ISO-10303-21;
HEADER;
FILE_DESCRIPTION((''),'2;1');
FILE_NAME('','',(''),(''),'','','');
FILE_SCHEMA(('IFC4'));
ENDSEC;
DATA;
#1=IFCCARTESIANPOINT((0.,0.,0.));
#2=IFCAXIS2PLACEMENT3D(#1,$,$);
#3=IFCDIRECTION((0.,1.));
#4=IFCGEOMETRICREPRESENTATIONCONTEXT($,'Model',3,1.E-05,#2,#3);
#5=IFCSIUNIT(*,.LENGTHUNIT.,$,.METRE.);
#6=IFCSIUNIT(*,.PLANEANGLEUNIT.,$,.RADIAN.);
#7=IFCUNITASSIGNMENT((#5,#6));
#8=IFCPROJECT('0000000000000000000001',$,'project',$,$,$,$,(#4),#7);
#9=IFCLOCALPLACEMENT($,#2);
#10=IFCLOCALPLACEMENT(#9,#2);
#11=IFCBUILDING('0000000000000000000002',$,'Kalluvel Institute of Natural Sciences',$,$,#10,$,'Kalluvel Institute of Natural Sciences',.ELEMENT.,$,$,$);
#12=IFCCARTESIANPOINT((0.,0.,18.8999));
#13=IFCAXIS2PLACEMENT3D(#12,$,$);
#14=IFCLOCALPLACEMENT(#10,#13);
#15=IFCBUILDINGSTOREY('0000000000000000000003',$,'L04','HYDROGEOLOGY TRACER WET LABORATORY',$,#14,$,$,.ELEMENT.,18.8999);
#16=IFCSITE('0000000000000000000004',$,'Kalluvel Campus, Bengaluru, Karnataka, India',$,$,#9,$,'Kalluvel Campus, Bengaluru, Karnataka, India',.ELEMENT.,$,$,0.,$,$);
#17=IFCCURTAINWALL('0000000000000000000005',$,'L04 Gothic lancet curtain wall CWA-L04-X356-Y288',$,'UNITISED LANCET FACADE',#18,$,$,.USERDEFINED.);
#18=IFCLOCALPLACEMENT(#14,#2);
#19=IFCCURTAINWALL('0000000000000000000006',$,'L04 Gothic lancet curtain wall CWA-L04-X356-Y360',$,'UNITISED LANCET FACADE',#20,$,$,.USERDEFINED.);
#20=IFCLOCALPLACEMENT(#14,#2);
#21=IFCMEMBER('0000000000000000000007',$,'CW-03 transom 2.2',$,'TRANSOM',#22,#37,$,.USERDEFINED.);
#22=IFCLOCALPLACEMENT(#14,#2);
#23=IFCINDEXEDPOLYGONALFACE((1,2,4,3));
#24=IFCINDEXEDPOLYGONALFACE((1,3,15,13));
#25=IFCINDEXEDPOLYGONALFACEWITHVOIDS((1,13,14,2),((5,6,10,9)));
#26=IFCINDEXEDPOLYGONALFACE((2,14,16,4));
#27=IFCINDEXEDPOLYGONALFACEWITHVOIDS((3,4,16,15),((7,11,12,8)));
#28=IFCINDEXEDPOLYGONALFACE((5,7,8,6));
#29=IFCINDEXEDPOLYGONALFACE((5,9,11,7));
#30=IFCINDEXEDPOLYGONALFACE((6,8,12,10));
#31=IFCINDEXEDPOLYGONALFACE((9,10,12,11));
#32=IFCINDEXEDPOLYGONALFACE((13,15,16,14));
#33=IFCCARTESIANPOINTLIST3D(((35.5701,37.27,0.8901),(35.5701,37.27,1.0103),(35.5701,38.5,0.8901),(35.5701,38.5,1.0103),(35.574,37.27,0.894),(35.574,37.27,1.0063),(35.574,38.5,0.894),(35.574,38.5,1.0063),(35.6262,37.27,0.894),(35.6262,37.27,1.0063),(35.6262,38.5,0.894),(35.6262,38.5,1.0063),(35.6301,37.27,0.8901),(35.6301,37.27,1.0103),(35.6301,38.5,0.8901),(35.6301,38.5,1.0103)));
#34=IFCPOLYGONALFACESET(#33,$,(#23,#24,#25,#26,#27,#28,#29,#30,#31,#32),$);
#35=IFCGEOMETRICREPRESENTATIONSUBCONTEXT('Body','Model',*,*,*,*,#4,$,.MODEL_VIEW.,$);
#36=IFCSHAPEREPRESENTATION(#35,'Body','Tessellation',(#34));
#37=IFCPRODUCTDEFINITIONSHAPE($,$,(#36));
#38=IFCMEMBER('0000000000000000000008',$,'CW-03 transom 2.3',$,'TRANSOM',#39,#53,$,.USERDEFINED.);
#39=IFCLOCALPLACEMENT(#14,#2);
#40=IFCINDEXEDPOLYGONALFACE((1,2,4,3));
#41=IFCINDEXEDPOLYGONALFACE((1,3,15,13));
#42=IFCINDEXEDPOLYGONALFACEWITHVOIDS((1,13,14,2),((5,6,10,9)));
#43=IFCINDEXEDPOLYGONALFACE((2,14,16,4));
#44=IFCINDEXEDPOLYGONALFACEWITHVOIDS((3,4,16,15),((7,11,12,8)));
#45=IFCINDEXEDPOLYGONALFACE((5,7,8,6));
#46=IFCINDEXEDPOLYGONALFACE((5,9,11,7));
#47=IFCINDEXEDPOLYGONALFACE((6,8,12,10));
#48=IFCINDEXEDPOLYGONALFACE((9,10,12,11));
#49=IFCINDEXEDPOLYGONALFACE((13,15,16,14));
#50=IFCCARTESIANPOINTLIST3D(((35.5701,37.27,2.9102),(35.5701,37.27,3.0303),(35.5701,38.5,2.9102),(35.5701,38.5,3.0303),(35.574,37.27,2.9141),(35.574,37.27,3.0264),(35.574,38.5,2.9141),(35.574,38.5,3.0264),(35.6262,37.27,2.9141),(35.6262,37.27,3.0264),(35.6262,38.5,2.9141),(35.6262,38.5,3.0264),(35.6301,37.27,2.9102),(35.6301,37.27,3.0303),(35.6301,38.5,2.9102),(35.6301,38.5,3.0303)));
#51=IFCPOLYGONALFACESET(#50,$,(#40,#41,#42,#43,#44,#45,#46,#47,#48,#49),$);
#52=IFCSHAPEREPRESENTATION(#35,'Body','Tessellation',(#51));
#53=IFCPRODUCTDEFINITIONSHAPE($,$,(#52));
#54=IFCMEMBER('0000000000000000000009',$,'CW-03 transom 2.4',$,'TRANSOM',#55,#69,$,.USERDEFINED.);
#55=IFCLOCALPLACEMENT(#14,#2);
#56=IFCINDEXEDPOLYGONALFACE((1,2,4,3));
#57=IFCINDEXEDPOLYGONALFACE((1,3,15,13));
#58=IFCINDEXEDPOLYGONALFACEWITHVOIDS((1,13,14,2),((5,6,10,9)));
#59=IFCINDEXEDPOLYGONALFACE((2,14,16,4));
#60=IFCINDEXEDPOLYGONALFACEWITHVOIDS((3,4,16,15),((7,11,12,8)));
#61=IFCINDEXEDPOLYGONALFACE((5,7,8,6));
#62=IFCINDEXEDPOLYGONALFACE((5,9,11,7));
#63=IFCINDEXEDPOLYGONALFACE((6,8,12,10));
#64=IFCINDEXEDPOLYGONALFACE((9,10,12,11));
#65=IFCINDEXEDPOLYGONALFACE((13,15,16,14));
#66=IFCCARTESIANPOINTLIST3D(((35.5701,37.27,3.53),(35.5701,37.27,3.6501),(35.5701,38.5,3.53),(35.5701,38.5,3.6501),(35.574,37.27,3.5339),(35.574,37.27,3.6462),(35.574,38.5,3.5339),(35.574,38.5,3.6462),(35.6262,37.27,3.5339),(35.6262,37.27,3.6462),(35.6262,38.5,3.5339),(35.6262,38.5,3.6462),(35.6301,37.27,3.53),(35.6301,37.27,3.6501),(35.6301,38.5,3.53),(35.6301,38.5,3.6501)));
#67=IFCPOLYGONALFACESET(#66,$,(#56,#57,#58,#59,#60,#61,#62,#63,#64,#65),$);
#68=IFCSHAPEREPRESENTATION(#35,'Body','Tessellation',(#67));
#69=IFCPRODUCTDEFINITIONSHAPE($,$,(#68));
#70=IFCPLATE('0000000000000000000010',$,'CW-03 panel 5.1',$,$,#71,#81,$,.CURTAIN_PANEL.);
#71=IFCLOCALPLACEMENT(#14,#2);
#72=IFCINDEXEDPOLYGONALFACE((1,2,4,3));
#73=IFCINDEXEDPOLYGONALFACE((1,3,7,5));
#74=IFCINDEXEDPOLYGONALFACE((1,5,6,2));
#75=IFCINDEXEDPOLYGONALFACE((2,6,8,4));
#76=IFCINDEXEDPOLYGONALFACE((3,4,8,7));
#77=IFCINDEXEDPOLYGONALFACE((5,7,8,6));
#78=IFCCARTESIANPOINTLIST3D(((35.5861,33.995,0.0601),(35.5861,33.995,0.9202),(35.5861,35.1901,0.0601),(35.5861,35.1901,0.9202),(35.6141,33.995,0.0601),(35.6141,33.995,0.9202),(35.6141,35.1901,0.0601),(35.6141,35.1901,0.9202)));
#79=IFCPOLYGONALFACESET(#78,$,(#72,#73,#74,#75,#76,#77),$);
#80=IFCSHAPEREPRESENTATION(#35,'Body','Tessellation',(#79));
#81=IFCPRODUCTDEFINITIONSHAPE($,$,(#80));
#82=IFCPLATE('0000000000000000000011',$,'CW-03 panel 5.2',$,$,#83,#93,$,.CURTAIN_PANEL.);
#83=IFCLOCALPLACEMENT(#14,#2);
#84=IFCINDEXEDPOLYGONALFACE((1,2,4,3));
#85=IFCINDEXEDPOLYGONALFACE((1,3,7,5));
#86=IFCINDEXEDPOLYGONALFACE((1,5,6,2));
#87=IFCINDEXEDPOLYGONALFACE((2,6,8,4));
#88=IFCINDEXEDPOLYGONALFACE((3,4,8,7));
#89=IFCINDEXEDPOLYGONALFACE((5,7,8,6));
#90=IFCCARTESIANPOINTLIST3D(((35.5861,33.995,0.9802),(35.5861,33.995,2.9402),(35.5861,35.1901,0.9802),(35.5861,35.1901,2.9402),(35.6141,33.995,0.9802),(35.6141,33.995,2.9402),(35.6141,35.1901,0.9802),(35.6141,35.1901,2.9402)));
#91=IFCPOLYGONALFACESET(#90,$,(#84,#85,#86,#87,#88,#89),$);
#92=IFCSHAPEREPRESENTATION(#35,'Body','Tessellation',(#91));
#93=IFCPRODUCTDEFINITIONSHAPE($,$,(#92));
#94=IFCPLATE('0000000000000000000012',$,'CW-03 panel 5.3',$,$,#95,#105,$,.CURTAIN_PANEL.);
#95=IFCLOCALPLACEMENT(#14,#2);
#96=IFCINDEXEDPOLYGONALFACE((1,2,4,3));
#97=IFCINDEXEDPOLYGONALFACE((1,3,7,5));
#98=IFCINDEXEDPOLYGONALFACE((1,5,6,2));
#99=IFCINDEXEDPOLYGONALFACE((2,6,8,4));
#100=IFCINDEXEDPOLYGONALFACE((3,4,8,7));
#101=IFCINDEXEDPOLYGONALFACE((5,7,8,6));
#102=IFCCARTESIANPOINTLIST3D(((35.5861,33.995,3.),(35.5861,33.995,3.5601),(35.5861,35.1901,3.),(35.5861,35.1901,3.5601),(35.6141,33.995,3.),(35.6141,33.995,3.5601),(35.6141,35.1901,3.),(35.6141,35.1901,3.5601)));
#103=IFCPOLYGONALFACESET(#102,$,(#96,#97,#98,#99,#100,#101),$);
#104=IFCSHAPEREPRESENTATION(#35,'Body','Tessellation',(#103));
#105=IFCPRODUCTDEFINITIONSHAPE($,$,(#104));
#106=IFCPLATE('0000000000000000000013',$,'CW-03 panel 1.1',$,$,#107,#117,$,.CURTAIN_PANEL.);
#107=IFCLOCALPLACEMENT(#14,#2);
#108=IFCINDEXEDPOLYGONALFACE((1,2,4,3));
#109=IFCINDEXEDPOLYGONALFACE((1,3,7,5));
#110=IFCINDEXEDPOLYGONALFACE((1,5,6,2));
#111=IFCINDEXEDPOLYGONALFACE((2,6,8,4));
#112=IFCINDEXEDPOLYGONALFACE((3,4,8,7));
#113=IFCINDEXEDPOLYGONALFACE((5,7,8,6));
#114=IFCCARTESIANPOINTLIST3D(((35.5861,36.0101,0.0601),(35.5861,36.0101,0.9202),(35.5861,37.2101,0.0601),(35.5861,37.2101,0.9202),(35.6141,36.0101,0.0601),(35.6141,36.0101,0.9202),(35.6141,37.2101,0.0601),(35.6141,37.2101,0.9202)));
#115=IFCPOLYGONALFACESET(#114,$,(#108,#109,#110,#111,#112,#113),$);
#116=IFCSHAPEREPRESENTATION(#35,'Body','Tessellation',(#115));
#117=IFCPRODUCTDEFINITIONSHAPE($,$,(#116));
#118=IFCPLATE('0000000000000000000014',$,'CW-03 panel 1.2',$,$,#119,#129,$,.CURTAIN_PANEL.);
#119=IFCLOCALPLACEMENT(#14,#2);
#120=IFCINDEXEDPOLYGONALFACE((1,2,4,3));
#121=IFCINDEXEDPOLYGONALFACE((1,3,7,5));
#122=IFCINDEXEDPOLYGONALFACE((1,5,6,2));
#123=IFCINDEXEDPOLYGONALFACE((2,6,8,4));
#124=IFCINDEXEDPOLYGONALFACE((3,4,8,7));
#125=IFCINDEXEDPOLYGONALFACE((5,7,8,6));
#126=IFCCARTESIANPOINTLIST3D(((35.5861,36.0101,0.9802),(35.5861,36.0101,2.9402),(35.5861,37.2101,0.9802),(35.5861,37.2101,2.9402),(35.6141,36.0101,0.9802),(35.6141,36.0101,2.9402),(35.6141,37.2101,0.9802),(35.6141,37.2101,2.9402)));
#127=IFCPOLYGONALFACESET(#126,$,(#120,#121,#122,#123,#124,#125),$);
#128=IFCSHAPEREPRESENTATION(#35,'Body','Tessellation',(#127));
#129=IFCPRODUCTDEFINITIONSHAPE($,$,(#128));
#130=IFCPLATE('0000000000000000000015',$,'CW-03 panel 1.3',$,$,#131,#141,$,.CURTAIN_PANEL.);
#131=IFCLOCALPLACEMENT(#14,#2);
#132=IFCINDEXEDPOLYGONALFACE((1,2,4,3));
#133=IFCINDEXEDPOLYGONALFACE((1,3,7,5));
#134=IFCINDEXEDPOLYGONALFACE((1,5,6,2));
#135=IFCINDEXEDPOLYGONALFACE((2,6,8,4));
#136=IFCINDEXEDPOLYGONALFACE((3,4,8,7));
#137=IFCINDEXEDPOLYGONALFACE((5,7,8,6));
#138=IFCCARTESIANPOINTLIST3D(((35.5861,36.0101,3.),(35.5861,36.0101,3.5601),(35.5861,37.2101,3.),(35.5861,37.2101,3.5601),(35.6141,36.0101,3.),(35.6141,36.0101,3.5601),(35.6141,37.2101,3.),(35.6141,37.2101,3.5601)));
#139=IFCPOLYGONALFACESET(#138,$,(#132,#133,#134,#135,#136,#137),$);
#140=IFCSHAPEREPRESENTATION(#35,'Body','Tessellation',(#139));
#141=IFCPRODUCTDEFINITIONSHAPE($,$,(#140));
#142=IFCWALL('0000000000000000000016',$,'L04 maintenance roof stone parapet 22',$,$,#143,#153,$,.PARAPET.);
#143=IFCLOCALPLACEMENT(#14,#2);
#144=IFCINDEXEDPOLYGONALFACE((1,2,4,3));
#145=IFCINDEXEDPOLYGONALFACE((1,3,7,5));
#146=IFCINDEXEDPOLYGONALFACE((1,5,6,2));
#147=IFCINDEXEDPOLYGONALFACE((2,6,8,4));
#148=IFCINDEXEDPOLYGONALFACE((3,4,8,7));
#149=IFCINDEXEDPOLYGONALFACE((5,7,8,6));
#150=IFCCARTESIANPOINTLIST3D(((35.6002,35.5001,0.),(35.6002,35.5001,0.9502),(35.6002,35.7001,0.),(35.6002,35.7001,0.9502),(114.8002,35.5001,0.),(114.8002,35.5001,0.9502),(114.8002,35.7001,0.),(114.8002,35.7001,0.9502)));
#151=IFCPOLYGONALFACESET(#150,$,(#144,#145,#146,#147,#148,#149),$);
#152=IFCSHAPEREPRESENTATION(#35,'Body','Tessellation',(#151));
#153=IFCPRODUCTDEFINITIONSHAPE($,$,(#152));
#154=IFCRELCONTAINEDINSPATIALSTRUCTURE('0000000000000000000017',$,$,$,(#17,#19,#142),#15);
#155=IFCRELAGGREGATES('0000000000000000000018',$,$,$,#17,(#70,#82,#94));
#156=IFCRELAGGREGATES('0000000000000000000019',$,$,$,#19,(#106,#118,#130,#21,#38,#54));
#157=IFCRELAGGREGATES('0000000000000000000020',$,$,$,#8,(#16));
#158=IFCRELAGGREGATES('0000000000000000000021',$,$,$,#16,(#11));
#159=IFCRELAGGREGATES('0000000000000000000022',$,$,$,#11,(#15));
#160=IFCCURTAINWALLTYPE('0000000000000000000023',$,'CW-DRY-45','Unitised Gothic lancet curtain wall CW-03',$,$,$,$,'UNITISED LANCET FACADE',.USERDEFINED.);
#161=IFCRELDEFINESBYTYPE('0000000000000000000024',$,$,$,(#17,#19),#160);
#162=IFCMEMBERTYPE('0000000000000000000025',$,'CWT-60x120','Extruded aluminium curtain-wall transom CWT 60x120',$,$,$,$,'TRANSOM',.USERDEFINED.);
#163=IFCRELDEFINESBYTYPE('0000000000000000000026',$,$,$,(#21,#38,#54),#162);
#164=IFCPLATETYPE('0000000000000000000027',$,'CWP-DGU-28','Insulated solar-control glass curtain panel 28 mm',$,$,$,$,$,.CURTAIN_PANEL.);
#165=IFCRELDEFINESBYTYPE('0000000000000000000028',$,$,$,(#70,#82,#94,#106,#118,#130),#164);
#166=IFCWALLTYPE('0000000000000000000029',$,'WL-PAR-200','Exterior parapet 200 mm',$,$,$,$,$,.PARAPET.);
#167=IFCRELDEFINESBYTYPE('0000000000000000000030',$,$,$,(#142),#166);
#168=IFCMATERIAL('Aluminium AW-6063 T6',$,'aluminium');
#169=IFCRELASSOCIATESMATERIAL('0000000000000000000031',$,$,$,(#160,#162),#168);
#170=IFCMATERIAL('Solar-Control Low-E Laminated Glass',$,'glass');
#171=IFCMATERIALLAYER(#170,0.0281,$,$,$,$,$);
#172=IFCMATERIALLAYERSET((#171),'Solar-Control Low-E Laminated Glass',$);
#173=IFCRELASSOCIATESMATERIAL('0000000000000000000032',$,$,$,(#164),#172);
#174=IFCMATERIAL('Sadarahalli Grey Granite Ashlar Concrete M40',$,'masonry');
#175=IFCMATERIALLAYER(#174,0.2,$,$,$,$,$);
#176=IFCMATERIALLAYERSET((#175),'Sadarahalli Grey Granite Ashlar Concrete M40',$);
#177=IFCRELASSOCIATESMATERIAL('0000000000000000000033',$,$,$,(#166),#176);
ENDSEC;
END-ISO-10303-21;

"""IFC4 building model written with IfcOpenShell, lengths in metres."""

from ifc_helpers import new_model, si_unit, direction, frame, frame_2d, origin, origin_2d, place, context, subcontext, project, spatial, rectangle, hollow_rectangle, extrude, material, layer, layer_set, material_profile, profile_set, type_object, element, aggregate, save


model = new_model("IFC4")

# Units and contexts
model_context = context("Model", 3, precision=1e-05, world=origin(), true_north=direction((0.0, 1.0)))
body_context = subcontext(model_context, "Body", "Model", "MODEL_VIEW")
ifc_project = project(units=[si_unit("LENGTHUNIT", "METRE"), si_unit("PLANEANGLEUNIT", "RADIAN")], contexts=[model_context])

# Site, building, storey
site_placement = place(None, origin())
site = spatial("IfcSite", under=ifc_project, at=site_placement, Name="Kalluvel Campus, Bengaluru, Karnataka, India", LongName="Kalluvel Campus, Bengaluru, Karnataka, India", CompositionType="ELEMENT", RefElevation=0.0)
building_placement = place(site_placement, origin())
building = spatial("IfcBuilding", under=site, at=building_placement, Name="Kalluvel Institute of Natural Sciences", LongName="Kalluvel Institute of Natural Sciences", CompositionType="ELEMENT")
storey_placement = place(building_placement, frame((0.0, 0.0, 18.8999)))
storey = spatial("IfcBuildingStorey", under=building, at=storey_placement, Name="L04", Description="HYDROGEOLOGY TRACER WET LABORATORY", CompositionType="ELEMENT", Elevation=18.8999)

# Curtain wall
ifc_material_1 = material(Name="Aluminium AW-6063 T6", Category="aluminium")
curtain_wall_type = type_object("IfcCurtainWallType", Name="CW-DRY-45", Description="Unitised Gothic lancet curtain wall CW-03", ElementType="UNITISED LANCET FACADE", PredefinedType="USERDEFINED", material=ifc_material_1)
curtain_wall_1_placement = place(storey_placement, origin())
curtain_wall_1 = element("IfcCurtainWall", 1, at=curtain_wall_1_placement, inside=storey, type_object=curtain_wall_type, Name="L04 Gothic lancet curtain wall CWA-L04-X356-Y288", ObjectType="UNITISED LANCET FACADE", PredefinedType="USERDEFINED")

# Curtain wall
curtain_wall_2_placement = place(storey_placement, origin())
curtain_wall_2 = element("IfcCurtainWall", 2, at=curtain_wall_2_placement, inside=storey, type_object=curtain_wall_type, Name="L04 Gothic lancet curtain wall CWA-L04-X356-Y360", ObjectType="UNITISED LANCET FACADE", PredefinedType="USERDEFINED")

# Members
ifc_material_profile_1 = material_profile(ifc_material_1, hollow_rectangle(XDim=0.0601, YDim=0.1201, WallThickness=0.0039, at=origin_2d()), Name="CWT 60x120")
ifc_profile_set_1 = profile_set([ifc_material_profile_1], Name="Aluminium AW-6063 T6")
member_type_1 = type_object("IfcMemberType", Name="CWT-60x120", Description="Extruded aluminium curtain-wall transom CWT 60x120", ElementType="TRANSOM", PredefinedType="USERDEFINED", material=ifc_profile_set_1)
member_1_placement = place(storey_placement, frame((35.6001, 37.27, 0.9502), z_axis=(0.0, 1.0, 0.0), x_axis=(-1.0, 0.0, 0.0)))
member_1 = element("IfcMember", 3, at=member_1_placement, type_object=member_type_1, Name="CW-03 transom 2.2", ObjectType="TRANSOM", PredefinedType="USERDEFINED", context=body_context, shape_type="SweptSolid", body=[
    extrude(hollow_rectangle(XDim=0.0601, YDim=0.1201, WallThickness=0.0039, at=origin_2d()), origin(), (0.0, 0.0, 1.0), 1.23),
])
member_2_placement = place(storey_placement, frame((35.6001, 37.27, 2.9702), z_axis=(0.0, 1.0, 0.0), x_axis=(-1.0, 0.0, 0.0)))
member_2 = element("IfcMember", 4, at=member_2_placement, type_object=member_type_1, Name="CW-03 transom 2.3", ObjectType="TRANSOM", PredefinedType="USERDEFINED", context=body_context, shape_type="SweptSolid", body=[
    extrude(hollow_rectangle(XDim=0.0601, YDim=0.1201, WallThickness=0.0039, at=origin_2d()), origin(), (0.0, 0.0, 1.0), 1.23),
])
member_3_placement = place(storey_placement, frame((35.6001, 37.27, 3.5901), z_axis=(0.0, 1.0, 0.0), x_axis=(-1.0, 0.0, 0.0)))
member_3 = element("IfcMember", 5, at=member_3_placement, type_object=member_type_1, Name="CW-03 transom 2.4", ObjectType="TRANSOM", PredefinedType="USERDEFINED", context=body_context, shape_type="SweptSolid", body=[
    extrude(hollow_rectangle(XDim=0.0601, YDim=0.1201, WallThickness=0.0039, at=origin_2d()), origin(), (0.0, 0.0, 1.0), 1.23),
])

# Plates
ifc_material_2 = material(Name="Solar-Control Low-E Laminated Glass", Category="glass")
ifc_layer_1 = layer(ifc_material_2, 0.0281)
ifc_layer_set_1 = layer_set([ifc_layer_1], Name="Solar-Control Low-E Laminated Glass")
plate_type = type_object("IfcPlateType", Name="CWP-DGU-28", Description="Insulated solar-control glass curtain panel 28 mm", PredefinedType="CURTAIN_PANEL", material=ifc_layer_set_1)
plate_1_placement = place(storey_placement, frame((35.6001, 34.5925, 0.0601), z_axis=(0.0, 0.0, 1.0), x_axis=(0.0, 1.0, 0.0)))
plate_1 = element("IfcPlate", 6, at=plate_1_placement, type_object=plate_type, Name="CW-03 panel 5.1", PredefinedType="CURTAIN_PANEL", context=body_context, shape_type="SweptSolid", body=[
    extrude(rectangle(XDim=1.1951, YDim=0.0281, at=origin_2d()), origin(), (0.0, 0.0, 1.0), 0.8601),
])
plate_2_placement = place(storey_placement, frame((35.6001, 34.5925, 0.9802), z_axis=(0.0, 0.0, 1.0), x_axis=(0.0, 1.0, 0.0)))
plate_2 = element("IfcPlate", 7, at=plate_2_placement, type_object=plate_type, Name="CW-03 panel 5.2", PredefinedType="CURTAIN_PANEL", context=body_context, shape_type="SweptSolid", body=[
    extrude(rectangle(XDim=1.1951, YDim=0.0281, at=origin_2d()), origin(), (0.0, 0.0, 1.0), 1.96),
])
plate_3_placement = place(storey_placement, frame((35.6001, 34.5925, 3.0), z_axis=(0.0, 0.0, 1.0), x_axis=(0.0, 1.0, 0.0)))
plate_3 = element("IfcPlate", 8, at=plate_3_placement, type_object=plate_type, Name="CW-03 panel 5.3", PredefinedType="CURTAIN_PANEL", context=body_context, shape_type="SweptSolid", body=[
    extrude(rectangle(XDim=1.1951, YDim=0.0281, at=origin_2d()), origin(), (0.0, 0.0, 1.0), 0.5601),
])
aggregate(curtain_wall_1, [plate_1, plate_2, plate_3])
plate_4_placement = place(storey_placement, frame((35.6001, 36.6101, 0.0601), z_axis=(0.0, 0.0, 1.0), x_axis=(0.0, 1.0, 0.0)))
plate_4 = element("IfcPlate", 9, at=plate_4_placement, type_object=plate_type, Name="CW-03 panel 1.1", PredefinedType="CURTAIN_PANEL", context=body_context, shape_type="SweptSolid", body=[
    extrude(rectangle(XDim=1.2, YDim=0.0281, at=origin_2d()), origin(), (0.0, 0.0, 1.0), 0.8601),
])
plate_5_placement = place(storey_placement, frame((35.6001, 36.6101, 0.9802), z_axis=(0.0, 0.0, 1.0), x_axis=(0.0, 1.0, 0.0)))
plate_5 = element("IfcPlate", 10, at=plate_5_placement, type_object=plate_type, Name="CW-03 panel 1.2", PredefinedType="CURTAIN_PANEL", context=body_context, shape_type="SweptSolid", body=[
    extrude(rectangle(XDim=1.2, YDim=0.0281, at=origin_2d()), origin(), (0.0, 0.0, 1.0), 1.96),
])
plate_6_placement = place(storey_placement, frame((35.6001, 36.6101, 3.0), z_axis=(0.0, 0.0, 1.0), x_axis=(0.0, 1.0, 0.0)))
plate_6 = element("IfcPlate", 11, at=plate_6_placement, type_object=plate_type, Name="CW-03 panel 1.3", PredefinedType="CURTAIN_PANEL", context=body_context, shape_type="SweptSolid", body=[
    extrude(rectangle(XDim=1.2, YDim=0.0281, at=origin_2d()), origin(), (0.0, 0.0, 1.0), 0.5601),
])
aggregate(curtain_wall_2, [plate_4, plate_5, plate_6, member_1, member_2, member_3])

# Wall
ifc_material_3 = material(Name="Sadarahalli Grey Granite Ashlar Concrete M40", Category="masonry")
ifc_layer_2 = layer(ifc_material_3, 0.2)
ifc_layer_set_2 = layer_set([ifc_layer_2], Name="Sadarahalli Grey Granite Ashlar Concrete M40")
wall_type = type_object("IfcWallType", Name="WL-PAR-200", Description="Exterior parapet 200 mm", PredefinedType="PARAPET", material=ifc_layer_set_2)
wall_placement = place(storey_placement, frame((35.6001, 35.6001, 0.0), z_axis=(0.0, 0.0, 1.0), x_axis=(1.0, 0.0, 0.0)))
element("IfcWall", 12, at=wall_placement, inside=storey, type_object=wall_type, Name="L04 maintenance roof stone parapet 22", PredefinedType="PARAPET", context=body_context, shape_type="SweptSolid", body=[
    extrude(rectangle(XDim=79.2, YDim=0.2, at=frame_2d((39.6001, 0.0))), origin(), (0.0, 0.0, 1.0), 0.9502),
])

save(model, "model.ifc")
